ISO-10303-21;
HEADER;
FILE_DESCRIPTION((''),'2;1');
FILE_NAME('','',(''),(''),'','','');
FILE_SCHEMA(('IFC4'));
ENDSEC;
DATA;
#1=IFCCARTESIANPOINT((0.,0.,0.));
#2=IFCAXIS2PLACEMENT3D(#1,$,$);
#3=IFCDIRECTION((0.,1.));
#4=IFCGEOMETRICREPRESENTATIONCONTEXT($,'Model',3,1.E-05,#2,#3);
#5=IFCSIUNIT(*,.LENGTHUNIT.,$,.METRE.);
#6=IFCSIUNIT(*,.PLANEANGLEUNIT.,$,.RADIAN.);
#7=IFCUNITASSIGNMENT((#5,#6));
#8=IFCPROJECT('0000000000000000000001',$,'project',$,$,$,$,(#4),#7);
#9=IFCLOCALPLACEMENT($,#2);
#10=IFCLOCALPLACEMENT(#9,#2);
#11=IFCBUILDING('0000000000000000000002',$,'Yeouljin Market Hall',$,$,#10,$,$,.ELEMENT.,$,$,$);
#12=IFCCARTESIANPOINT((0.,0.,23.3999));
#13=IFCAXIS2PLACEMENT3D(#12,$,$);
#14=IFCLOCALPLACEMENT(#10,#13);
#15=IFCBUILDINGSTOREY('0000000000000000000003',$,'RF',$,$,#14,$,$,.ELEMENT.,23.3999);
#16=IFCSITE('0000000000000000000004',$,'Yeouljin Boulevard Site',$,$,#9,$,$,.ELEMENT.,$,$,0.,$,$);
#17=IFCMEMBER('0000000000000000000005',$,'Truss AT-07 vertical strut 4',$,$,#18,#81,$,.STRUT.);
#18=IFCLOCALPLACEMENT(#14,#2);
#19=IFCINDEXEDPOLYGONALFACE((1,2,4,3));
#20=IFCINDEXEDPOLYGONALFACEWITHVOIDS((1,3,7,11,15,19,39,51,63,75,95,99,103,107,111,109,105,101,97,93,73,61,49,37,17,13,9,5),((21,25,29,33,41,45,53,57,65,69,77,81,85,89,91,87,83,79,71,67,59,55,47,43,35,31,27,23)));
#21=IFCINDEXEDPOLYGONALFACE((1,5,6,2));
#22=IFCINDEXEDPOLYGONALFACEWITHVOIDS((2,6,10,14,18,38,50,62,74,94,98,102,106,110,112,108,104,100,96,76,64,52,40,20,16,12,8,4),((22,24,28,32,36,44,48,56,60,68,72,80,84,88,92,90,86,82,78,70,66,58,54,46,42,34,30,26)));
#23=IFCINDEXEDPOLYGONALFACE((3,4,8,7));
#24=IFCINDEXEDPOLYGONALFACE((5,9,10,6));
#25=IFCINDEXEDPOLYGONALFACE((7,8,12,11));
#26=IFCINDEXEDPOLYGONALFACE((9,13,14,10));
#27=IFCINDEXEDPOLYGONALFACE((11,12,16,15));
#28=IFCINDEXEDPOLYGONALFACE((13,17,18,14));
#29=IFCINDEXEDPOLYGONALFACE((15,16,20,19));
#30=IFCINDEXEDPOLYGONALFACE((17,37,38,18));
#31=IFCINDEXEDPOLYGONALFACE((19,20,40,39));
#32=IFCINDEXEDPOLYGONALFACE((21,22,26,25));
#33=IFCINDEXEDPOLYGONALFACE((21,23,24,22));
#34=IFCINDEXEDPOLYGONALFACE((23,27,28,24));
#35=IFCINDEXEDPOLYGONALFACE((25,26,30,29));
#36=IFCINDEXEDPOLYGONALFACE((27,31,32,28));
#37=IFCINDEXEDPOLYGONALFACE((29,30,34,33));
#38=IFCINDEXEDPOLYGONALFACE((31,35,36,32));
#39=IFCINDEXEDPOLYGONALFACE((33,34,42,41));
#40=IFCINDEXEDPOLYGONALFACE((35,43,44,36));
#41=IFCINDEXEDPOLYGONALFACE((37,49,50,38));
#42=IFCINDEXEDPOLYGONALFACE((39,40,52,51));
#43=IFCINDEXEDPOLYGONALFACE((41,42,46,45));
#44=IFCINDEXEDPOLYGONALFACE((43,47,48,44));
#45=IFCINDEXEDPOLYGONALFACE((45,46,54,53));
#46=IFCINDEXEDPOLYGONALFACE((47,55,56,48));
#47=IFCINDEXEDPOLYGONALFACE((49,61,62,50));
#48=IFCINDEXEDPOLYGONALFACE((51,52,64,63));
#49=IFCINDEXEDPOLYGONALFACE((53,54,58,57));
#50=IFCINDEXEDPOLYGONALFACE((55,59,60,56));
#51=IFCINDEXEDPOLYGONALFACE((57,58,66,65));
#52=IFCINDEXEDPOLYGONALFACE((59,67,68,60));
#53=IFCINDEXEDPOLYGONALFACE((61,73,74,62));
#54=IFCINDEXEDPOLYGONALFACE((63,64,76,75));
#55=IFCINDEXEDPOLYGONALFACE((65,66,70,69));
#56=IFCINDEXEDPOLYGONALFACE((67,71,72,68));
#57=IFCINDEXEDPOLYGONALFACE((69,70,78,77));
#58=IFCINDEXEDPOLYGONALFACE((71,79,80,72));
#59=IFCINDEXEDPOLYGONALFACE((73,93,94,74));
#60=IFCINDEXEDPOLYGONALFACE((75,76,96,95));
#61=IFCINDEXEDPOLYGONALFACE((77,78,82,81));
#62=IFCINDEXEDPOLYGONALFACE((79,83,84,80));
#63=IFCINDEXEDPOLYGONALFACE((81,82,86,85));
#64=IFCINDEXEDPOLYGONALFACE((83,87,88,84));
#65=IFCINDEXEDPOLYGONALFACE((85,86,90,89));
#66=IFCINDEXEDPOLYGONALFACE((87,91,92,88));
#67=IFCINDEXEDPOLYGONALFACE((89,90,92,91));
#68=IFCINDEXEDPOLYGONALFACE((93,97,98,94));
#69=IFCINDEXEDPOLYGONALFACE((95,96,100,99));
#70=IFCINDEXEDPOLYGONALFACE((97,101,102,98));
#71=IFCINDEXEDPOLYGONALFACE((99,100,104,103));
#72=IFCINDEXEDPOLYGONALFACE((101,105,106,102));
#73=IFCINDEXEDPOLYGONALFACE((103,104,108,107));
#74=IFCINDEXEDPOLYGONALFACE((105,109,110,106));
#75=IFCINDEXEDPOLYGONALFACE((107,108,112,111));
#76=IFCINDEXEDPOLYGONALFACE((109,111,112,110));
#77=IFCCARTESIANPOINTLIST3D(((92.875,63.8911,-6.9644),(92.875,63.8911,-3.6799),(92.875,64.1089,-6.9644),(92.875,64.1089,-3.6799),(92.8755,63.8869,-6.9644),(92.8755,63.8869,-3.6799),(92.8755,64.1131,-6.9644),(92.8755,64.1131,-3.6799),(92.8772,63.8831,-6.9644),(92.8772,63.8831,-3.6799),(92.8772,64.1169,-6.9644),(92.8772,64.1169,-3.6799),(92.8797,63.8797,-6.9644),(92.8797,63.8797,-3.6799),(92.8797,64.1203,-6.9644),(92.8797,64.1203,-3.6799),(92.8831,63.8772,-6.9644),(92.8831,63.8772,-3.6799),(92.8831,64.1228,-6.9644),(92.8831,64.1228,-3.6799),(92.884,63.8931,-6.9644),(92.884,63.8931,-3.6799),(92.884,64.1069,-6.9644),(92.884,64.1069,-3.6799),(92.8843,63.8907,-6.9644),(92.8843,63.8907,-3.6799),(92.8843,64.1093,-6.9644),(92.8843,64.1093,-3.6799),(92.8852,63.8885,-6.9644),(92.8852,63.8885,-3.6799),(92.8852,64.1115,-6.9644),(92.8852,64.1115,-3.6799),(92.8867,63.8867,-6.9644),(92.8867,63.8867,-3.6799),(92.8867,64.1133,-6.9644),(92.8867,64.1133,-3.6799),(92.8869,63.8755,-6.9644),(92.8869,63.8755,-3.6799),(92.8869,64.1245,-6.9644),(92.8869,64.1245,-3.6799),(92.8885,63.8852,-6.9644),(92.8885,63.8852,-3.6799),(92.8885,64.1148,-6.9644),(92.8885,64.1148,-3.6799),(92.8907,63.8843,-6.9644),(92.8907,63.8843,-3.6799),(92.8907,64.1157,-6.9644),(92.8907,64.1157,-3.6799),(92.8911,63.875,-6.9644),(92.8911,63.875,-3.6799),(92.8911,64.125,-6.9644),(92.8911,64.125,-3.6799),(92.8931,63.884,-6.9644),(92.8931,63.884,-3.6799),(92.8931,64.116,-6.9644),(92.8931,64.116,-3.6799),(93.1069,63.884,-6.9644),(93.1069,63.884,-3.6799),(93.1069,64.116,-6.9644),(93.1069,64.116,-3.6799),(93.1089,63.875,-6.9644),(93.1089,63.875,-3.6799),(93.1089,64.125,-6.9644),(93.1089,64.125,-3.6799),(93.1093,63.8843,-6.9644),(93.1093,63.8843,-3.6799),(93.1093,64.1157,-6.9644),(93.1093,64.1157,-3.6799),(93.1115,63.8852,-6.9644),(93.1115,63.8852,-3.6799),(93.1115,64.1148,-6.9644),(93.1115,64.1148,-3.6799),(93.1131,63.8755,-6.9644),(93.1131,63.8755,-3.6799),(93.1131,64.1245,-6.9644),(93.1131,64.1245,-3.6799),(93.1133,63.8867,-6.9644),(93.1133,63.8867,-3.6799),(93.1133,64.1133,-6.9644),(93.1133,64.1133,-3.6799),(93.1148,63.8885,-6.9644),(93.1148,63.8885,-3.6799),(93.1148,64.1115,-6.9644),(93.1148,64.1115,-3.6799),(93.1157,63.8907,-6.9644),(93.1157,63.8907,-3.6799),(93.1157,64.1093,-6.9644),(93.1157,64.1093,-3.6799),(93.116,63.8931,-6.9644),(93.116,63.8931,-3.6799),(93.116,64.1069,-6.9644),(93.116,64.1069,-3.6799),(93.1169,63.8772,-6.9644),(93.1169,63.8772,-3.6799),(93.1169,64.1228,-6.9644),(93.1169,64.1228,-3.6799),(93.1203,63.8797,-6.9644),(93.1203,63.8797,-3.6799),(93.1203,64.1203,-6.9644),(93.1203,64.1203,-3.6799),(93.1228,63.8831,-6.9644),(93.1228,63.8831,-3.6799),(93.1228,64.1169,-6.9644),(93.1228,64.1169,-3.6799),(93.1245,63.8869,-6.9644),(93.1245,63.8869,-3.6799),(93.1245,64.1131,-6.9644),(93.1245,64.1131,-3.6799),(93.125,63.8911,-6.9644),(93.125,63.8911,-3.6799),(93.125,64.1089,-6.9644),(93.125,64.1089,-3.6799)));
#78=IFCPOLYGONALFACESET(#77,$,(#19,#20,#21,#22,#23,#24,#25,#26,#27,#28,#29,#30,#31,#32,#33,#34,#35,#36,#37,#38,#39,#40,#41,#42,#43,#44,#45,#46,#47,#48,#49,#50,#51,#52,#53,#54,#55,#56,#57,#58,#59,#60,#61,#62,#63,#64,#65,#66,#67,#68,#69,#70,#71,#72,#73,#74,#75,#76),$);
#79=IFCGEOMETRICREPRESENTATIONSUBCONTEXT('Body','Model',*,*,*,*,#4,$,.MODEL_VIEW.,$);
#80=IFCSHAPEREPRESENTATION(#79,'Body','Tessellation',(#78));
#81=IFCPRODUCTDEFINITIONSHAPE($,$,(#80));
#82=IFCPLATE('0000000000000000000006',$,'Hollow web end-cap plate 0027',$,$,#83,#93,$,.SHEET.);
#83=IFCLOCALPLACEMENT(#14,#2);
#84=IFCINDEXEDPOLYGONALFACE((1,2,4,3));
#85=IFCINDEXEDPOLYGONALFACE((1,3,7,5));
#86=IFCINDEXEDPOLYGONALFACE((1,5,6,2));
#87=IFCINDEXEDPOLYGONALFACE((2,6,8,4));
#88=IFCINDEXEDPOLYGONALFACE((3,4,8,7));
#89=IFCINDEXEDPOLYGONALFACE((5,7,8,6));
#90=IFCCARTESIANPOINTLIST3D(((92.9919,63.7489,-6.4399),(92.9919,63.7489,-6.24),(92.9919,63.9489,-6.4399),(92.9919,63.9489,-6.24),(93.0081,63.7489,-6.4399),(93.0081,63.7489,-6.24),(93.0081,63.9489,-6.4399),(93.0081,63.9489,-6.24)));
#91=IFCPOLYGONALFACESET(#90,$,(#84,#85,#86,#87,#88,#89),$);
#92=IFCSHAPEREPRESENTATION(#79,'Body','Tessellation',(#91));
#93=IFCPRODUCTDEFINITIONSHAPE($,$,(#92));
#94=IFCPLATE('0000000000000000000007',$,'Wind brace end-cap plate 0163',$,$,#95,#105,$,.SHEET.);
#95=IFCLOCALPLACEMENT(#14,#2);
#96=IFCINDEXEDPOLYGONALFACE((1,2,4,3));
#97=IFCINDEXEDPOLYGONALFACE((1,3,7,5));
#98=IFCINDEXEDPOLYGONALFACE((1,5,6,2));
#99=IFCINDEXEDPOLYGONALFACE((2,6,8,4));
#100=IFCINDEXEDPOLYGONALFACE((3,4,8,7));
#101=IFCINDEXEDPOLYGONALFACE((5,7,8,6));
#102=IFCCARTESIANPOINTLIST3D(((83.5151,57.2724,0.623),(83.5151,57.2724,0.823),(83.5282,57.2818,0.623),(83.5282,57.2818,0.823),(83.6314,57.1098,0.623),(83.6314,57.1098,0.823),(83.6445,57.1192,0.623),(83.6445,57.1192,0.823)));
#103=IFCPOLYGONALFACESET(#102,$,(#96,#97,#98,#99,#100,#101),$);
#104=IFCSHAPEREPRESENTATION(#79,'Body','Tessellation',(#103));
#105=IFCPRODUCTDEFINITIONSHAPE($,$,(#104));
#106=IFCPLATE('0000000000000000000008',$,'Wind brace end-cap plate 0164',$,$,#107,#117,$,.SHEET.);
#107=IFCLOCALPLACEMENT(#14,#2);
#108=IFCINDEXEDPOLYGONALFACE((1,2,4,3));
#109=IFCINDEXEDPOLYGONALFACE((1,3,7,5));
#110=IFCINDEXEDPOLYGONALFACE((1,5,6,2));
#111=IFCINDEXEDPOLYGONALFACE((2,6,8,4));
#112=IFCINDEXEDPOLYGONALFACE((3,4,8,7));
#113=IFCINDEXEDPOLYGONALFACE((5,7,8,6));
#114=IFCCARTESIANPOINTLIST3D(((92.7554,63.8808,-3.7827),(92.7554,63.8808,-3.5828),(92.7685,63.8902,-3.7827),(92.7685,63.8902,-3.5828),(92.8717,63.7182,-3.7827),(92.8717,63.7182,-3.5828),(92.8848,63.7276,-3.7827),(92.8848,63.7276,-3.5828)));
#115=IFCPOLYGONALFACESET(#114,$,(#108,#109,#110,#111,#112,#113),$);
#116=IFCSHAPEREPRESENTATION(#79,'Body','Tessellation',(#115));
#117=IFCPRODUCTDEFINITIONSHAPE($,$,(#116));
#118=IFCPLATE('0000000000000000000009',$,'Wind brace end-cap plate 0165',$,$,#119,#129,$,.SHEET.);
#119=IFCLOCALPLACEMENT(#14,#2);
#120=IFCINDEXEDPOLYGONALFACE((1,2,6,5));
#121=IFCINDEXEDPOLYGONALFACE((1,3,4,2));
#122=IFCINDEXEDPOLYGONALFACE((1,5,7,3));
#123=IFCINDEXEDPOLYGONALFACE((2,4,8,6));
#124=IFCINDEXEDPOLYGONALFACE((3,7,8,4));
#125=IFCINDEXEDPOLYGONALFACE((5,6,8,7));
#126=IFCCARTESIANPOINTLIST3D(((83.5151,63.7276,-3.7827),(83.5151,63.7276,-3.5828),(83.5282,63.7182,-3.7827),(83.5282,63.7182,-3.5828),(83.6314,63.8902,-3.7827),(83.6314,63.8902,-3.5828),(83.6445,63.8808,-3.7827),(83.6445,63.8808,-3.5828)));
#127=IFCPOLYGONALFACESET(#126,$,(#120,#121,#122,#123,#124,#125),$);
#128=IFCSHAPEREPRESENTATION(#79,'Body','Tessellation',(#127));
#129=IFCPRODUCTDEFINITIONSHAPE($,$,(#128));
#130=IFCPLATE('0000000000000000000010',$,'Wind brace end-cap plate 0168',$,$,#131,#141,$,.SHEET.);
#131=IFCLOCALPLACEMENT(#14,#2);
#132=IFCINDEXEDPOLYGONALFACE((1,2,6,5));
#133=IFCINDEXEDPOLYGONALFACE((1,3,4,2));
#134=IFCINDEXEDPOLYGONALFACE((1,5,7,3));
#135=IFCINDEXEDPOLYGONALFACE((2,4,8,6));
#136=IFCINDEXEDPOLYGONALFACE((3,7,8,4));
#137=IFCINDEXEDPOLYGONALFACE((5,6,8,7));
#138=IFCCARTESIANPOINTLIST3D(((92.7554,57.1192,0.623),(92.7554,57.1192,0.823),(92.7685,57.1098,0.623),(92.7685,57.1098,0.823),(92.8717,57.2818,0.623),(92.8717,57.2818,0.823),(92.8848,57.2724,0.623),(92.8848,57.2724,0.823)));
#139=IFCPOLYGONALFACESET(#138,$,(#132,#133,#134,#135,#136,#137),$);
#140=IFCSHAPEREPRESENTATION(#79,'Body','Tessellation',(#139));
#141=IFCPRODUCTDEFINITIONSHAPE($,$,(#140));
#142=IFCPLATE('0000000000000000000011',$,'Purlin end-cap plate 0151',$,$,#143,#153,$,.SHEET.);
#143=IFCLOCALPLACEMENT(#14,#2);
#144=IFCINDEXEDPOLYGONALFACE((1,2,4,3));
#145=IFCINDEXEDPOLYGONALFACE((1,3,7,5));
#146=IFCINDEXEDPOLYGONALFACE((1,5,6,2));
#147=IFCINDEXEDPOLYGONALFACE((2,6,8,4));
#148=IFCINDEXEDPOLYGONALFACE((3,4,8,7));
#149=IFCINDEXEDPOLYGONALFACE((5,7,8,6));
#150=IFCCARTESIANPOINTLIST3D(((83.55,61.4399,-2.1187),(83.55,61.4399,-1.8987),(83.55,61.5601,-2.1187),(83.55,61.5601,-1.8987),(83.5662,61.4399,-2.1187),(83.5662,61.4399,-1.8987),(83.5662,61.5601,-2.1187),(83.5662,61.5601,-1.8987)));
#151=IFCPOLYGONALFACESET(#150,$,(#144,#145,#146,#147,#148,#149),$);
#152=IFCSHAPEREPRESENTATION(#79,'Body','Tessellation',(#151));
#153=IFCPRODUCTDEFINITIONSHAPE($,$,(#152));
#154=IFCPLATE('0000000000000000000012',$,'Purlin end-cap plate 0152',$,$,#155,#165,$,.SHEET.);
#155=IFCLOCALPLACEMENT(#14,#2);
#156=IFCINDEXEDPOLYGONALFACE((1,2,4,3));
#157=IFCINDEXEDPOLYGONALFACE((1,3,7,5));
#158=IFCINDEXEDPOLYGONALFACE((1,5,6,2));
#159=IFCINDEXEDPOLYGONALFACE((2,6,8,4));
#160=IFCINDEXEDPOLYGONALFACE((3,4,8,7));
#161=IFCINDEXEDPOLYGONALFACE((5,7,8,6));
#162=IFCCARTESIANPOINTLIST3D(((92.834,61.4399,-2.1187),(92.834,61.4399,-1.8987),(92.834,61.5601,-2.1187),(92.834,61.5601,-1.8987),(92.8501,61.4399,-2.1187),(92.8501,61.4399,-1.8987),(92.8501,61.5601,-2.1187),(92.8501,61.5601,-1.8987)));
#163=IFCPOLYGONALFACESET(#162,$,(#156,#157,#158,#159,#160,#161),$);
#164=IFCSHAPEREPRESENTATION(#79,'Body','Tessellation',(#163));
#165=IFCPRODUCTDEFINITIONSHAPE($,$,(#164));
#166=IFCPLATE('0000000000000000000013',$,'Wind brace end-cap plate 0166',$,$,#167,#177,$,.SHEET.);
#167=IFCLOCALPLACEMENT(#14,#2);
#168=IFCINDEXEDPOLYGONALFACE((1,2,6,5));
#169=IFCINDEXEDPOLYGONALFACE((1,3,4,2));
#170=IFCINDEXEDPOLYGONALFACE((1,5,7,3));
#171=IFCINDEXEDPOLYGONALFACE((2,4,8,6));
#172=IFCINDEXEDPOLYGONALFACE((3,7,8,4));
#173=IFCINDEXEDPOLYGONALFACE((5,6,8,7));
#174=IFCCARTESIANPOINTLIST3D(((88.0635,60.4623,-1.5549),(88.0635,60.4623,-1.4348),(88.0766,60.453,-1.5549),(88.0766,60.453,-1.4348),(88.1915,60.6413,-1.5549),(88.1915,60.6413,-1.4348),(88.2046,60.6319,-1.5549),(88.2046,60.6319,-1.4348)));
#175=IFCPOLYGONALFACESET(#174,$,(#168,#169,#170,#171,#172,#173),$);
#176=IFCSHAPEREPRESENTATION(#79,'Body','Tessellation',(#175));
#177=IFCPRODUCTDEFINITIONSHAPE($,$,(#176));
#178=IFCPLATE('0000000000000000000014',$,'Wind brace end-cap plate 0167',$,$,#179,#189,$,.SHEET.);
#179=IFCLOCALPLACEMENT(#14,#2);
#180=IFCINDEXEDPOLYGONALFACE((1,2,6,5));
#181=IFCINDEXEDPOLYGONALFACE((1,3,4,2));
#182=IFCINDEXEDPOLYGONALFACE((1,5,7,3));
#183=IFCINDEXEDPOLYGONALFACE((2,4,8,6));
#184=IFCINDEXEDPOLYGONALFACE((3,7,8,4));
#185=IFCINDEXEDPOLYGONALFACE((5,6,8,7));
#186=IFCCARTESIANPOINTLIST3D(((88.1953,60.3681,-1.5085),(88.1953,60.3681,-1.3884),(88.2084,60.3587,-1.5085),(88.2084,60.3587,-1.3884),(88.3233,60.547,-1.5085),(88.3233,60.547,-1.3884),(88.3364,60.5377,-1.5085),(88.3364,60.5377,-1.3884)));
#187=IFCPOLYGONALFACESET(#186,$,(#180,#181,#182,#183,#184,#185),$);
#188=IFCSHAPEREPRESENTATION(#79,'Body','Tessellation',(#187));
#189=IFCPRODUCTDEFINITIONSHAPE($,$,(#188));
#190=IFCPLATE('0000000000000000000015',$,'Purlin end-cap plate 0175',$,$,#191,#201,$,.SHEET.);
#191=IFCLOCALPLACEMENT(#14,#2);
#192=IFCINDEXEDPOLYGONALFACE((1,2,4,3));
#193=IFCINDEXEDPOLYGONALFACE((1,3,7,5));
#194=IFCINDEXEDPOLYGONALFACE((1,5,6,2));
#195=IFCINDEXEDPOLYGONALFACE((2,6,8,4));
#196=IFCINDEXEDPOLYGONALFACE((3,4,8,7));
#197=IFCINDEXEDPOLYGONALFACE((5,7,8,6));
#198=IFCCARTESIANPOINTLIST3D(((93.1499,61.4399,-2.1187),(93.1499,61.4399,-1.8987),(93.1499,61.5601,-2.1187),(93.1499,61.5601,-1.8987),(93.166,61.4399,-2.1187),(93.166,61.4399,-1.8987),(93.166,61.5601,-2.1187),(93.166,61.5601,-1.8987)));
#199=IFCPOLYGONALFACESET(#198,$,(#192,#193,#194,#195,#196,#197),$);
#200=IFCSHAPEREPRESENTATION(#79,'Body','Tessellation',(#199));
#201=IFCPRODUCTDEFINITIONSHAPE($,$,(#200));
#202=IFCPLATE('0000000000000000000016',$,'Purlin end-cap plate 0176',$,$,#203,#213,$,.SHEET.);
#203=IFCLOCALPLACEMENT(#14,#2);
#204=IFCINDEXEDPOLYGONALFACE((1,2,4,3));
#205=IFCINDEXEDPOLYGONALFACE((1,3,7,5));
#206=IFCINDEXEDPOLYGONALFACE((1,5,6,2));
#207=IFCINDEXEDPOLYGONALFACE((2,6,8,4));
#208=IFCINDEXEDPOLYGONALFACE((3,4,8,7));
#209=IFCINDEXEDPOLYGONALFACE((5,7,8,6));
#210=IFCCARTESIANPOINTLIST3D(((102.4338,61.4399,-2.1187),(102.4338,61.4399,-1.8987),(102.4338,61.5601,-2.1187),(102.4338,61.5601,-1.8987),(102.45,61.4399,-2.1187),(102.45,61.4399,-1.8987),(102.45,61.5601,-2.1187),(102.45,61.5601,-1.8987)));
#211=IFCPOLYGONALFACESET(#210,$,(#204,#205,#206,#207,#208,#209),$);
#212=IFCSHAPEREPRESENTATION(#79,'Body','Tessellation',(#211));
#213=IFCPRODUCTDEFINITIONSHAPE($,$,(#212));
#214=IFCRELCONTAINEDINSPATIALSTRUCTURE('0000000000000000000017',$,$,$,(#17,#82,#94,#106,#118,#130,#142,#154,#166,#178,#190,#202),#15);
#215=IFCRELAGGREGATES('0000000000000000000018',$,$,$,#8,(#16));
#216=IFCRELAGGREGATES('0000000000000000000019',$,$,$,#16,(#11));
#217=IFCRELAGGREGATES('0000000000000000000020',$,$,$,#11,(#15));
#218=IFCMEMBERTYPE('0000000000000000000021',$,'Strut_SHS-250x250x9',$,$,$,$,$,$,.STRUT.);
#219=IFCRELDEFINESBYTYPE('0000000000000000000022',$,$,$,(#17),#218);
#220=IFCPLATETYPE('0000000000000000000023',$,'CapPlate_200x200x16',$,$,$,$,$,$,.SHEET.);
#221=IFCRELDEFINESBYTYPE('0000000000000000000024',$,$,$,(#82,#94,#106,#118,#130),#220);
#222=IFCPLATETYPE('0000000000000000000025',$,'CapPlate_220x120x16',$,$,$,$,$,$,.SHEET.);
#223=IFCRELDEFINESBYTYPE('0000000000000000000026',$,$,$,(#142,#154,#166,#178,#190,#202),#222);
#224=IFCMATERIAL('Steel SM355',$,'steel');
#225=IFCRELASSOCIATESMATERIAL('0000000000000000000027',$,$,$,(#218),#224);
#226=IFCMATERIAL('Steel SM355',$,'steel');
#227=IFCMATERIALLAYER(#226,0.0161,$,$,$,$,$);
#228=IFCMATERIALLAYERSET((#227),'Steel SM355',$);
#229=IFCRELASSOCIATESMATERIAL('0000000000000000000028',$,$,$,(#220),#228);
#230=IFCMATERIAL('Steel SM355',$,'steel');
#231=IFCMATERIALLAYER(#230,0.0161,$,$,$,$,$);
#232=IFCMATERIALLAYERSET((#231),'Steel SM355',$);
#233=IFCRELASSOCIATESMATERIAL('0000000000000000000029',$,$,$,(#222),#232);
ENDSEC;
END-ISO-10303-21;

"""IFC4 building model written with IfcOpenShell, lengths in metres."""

from ifc_helpers import new_model, si_unit, direction, frame, origin, origin_2d, place, context, subcontext, project, spatial, rectangle, hollow_rectangle, extrude, material, layer, layer_set, material_profile, profile_set, type_object, element, save


model = new_model("IFC4")

# Units and contexts
model_context = context("Model", 3, precision=1e-05, world=origin(), true_north=direction((0.0, 1.0)))
body_context = subcontext(model_context, "Body", "Model", "MODEL_VIEW")
ifc_project = project(units=[si_unit("LENGTHUNIT", "METRE"), si_unit("PLANEANGLEUNIT", "RADIAN")], contexts=[model_context])

# Site, building, storey
site_placement = place(None, origin())
site = spatial("IfcSite", under=ifc_project, at=site_placement, Name="Yeouljin Boulevard Site", CompositionType="ELEMENT", RefElevation=0.0)
building_placement = place(site_placement, origin())
building = spatial("IfcBuilding", under=site, at=building_placement, Name="Yeouljin Market Hall", CompositionType="ELEMENT")
storey_placement = place(building_placement, frame((0.0, 0.0, 23.3999)))
storey = spatial("IfcBuildingStorey", under=building, at=storey_placement, Name="RF", CompositionType="ELEMENT", Elevation=23.3999)

# Member
ifc_material_1 = material(Name="Steel SM355", Category="steel")
ifc_material_profile_1 = material_profile(ifc_material_1, hollow_rectangle(XDim=0.25, YDim=0.25, WallThickness=0.009, InnerFilletRadius=0.009, OuterFilletRadius=0.0161, at=origin_2d()), Name="SHS-250x250x9")
ifc_profile_set_1 = profile_set([ifc_material_profile_1], Name="Steel SM355")
member_type_1 = type_object("IfcMemberType", Name="Strut_SHS-250x250x9", PredefinedType="STRUT", material=ifc_profile_set_1)
for number, where, z_axis, x_axis, name in (
    (1, (93.0, 64.0, -6.9644), (0.0, 0.0, 1.0), (1.0, 0.0, 0.0), "Truss AT-07 vertical strut 4"),
):
    element("IfcMember", number, at=place(storey_placement, frame(where, z_axis=z_axis, x_axis=x_axis)), inside=storey, type_object=member_type_1, Name=name, PredefinedType="STRUT", context=body_context, shape_type="SweptSolid", body=[
        extrude(hollow_rectangle(XDim=0.25, YDim=0.25, WallThickness=0.009, InnerFilletRadius=0.009, OuterFilletRadius=0.0161, at=origin_2d()), origin(), (0.0, 0.0, 1.0), 3.2844),
    ])

# Plates
ifc_material_2 = material(Name="Steel SM355", Category="steel")
ifc_layer_1 = layer(ifc_material_2, 0.0161)
ifc_layer_set_1 = layer_set([ifc_layer_1], Name="Steel SM355")
plate_type_1 = type_object("IfcPlateType", Name="CapPlate_200x200x16", PredefinedType="SHEET", material=ifc_layer_set_1)
for number, where, z_axis, x_axis, name in (
    (2, (93.0, 63.8489, -6.4399), (0.0, 0.0, 1.0), (0.0, 1.0, 0.0), "Hollow web end-cap plate 0027"),
    (3, (83.5798, 57.1958, 0.623), (0.0, 0.0, 1.0), (-0.581697, 0.813405, 0.0), "Wind brace end-cap plate 0163"),
    (4, (92.8201, 63.8042, -3.7827), (0.0, 0.0, 1.0), (-0.581697, 0.813405, 0.0), "Wind brace end-cap plate 0164"),
    (5, (83.5798, 63.8042, -3.7827), (0.0, 0.0, 1.0), (0.581697, 0.813405, 0.0), "Wind brace end-cap plate 0165"),
    (6, (92.8201, 57.1958, 0.623), (0.0, 0.0, 1.0), (0.581697, 0.813405, 0.0), "Wind brace end-cap plate 0168"),
):
    element("IfcPlate", number, at=place(storey_placement, frame(where, z_axis=z_axis, x_axis=x_axis)), inside=storey, type_object=plate_type_1, Name=name, PredefinedType="SHEET", context=body_context, shape_type="SweptSolid", body=[
        extrude(rectangle(XDim=0.2, YDim=0.0161, at=origin_2d()), origin(), (0.0, 0.0, 1.0), 0.2),
    ])
ifc_material_3 = material(Name="Steel SM355", Category="steel")
ifc_layer_2 = layer(ifc_material_3, 0.0161)
ifc_layer_set_2 = layer_set([ifc_layer_2], Name="Steel SM355")
plate_type_2 = type_object("IfcPlateType", Name="CapPlate_220x120x16", PredefinedType="SHEET", material=ifc_layer_set_2)
for number, where, z_axis, x_axis, name in (
    (7, (83.5581, 61.5, -2.1187), (0.0, 0.0, 1.0), (0.0, 1.0, 0.0), "Purlin end-cap plate 0151"),
    (8, (92.842, 61.5, -2.1187), (0.0, 0.0, 1.0), (0.0, 1.0, 0.0), "Purlin end-cap plate 0152"),
):
    element("IfcPlate", number, at=place(storey_placement, frame(where, z_axis=z_axis, x_axis=x_axis)), inside=storey, type_object=plate_type_2, Name=name, PredefinedType="SHEET", context=body_context, shape_type="SweptSolid", body=[
        extrude(rectangle(XDim=0.1201, YDim=0.0161, at=origin_2d()), origin(), (0.0, 0.0, 1.0), 0.22),
    ])
for number, where, z_axis, x_axis, name in (
    (9, (88.134, 60.5471, -1.5549), (0.0, 0.0, 1.0), (0.581697, 0.813405, 0.0), "Wind brace end-cap plate 0166"),
    (10, (88.2659, 60.4529, -1.5085), (0.0, 0.0, 1.0), (0.581697, 0.813405, 0.0), "Wind brace end-cap plate 0167"),
):
    element("IfcPlate", number, at=place(storey_placement, frame(where, z_axis=z_axis, x_axis=x_axis)), inside=storey, type_object=plate_type_2, Name=name, PredefinedType="SHEET", context=body_context, shape_type="SweptSolid", body=[
        extrude(rectangle(XDim=0.22, YDim=0.0161, at=origin_2d()), origin(), (0.0, 0.0, 1.0), 0.1201),
    ])
for number, where, z_axis, x_axis, name in (
    (11, (93.158, 61.5, -2.1187), (0.0, 0.0, 1.0), (0.0, 1.0, 0.0), "Purlin end-cap plate 0175"),
    (12, (102.4419, 61.5, -2.1187), (0.0, 0.0, 1.0), (0.0, 1.0, 0.0), "Purlin end-cap plate 0176"),
):
    element("IfcPlate", number, at=place(storey_placement, frame(where, z_axis=z_axis, x_axis=x_axis)), inside=storey, type_object=plate_type_2, Name=name, PredefinedType="SHEET", context=body_context, shape_type="SweptSolid", body=[
        extrude(rectangle(XDim=0.1201, YDim=0.0161, at=origin_2d()), origin(), (0.0, 0.0, 1.0), 0.22),
    ])

save(model, "model.ifc")
